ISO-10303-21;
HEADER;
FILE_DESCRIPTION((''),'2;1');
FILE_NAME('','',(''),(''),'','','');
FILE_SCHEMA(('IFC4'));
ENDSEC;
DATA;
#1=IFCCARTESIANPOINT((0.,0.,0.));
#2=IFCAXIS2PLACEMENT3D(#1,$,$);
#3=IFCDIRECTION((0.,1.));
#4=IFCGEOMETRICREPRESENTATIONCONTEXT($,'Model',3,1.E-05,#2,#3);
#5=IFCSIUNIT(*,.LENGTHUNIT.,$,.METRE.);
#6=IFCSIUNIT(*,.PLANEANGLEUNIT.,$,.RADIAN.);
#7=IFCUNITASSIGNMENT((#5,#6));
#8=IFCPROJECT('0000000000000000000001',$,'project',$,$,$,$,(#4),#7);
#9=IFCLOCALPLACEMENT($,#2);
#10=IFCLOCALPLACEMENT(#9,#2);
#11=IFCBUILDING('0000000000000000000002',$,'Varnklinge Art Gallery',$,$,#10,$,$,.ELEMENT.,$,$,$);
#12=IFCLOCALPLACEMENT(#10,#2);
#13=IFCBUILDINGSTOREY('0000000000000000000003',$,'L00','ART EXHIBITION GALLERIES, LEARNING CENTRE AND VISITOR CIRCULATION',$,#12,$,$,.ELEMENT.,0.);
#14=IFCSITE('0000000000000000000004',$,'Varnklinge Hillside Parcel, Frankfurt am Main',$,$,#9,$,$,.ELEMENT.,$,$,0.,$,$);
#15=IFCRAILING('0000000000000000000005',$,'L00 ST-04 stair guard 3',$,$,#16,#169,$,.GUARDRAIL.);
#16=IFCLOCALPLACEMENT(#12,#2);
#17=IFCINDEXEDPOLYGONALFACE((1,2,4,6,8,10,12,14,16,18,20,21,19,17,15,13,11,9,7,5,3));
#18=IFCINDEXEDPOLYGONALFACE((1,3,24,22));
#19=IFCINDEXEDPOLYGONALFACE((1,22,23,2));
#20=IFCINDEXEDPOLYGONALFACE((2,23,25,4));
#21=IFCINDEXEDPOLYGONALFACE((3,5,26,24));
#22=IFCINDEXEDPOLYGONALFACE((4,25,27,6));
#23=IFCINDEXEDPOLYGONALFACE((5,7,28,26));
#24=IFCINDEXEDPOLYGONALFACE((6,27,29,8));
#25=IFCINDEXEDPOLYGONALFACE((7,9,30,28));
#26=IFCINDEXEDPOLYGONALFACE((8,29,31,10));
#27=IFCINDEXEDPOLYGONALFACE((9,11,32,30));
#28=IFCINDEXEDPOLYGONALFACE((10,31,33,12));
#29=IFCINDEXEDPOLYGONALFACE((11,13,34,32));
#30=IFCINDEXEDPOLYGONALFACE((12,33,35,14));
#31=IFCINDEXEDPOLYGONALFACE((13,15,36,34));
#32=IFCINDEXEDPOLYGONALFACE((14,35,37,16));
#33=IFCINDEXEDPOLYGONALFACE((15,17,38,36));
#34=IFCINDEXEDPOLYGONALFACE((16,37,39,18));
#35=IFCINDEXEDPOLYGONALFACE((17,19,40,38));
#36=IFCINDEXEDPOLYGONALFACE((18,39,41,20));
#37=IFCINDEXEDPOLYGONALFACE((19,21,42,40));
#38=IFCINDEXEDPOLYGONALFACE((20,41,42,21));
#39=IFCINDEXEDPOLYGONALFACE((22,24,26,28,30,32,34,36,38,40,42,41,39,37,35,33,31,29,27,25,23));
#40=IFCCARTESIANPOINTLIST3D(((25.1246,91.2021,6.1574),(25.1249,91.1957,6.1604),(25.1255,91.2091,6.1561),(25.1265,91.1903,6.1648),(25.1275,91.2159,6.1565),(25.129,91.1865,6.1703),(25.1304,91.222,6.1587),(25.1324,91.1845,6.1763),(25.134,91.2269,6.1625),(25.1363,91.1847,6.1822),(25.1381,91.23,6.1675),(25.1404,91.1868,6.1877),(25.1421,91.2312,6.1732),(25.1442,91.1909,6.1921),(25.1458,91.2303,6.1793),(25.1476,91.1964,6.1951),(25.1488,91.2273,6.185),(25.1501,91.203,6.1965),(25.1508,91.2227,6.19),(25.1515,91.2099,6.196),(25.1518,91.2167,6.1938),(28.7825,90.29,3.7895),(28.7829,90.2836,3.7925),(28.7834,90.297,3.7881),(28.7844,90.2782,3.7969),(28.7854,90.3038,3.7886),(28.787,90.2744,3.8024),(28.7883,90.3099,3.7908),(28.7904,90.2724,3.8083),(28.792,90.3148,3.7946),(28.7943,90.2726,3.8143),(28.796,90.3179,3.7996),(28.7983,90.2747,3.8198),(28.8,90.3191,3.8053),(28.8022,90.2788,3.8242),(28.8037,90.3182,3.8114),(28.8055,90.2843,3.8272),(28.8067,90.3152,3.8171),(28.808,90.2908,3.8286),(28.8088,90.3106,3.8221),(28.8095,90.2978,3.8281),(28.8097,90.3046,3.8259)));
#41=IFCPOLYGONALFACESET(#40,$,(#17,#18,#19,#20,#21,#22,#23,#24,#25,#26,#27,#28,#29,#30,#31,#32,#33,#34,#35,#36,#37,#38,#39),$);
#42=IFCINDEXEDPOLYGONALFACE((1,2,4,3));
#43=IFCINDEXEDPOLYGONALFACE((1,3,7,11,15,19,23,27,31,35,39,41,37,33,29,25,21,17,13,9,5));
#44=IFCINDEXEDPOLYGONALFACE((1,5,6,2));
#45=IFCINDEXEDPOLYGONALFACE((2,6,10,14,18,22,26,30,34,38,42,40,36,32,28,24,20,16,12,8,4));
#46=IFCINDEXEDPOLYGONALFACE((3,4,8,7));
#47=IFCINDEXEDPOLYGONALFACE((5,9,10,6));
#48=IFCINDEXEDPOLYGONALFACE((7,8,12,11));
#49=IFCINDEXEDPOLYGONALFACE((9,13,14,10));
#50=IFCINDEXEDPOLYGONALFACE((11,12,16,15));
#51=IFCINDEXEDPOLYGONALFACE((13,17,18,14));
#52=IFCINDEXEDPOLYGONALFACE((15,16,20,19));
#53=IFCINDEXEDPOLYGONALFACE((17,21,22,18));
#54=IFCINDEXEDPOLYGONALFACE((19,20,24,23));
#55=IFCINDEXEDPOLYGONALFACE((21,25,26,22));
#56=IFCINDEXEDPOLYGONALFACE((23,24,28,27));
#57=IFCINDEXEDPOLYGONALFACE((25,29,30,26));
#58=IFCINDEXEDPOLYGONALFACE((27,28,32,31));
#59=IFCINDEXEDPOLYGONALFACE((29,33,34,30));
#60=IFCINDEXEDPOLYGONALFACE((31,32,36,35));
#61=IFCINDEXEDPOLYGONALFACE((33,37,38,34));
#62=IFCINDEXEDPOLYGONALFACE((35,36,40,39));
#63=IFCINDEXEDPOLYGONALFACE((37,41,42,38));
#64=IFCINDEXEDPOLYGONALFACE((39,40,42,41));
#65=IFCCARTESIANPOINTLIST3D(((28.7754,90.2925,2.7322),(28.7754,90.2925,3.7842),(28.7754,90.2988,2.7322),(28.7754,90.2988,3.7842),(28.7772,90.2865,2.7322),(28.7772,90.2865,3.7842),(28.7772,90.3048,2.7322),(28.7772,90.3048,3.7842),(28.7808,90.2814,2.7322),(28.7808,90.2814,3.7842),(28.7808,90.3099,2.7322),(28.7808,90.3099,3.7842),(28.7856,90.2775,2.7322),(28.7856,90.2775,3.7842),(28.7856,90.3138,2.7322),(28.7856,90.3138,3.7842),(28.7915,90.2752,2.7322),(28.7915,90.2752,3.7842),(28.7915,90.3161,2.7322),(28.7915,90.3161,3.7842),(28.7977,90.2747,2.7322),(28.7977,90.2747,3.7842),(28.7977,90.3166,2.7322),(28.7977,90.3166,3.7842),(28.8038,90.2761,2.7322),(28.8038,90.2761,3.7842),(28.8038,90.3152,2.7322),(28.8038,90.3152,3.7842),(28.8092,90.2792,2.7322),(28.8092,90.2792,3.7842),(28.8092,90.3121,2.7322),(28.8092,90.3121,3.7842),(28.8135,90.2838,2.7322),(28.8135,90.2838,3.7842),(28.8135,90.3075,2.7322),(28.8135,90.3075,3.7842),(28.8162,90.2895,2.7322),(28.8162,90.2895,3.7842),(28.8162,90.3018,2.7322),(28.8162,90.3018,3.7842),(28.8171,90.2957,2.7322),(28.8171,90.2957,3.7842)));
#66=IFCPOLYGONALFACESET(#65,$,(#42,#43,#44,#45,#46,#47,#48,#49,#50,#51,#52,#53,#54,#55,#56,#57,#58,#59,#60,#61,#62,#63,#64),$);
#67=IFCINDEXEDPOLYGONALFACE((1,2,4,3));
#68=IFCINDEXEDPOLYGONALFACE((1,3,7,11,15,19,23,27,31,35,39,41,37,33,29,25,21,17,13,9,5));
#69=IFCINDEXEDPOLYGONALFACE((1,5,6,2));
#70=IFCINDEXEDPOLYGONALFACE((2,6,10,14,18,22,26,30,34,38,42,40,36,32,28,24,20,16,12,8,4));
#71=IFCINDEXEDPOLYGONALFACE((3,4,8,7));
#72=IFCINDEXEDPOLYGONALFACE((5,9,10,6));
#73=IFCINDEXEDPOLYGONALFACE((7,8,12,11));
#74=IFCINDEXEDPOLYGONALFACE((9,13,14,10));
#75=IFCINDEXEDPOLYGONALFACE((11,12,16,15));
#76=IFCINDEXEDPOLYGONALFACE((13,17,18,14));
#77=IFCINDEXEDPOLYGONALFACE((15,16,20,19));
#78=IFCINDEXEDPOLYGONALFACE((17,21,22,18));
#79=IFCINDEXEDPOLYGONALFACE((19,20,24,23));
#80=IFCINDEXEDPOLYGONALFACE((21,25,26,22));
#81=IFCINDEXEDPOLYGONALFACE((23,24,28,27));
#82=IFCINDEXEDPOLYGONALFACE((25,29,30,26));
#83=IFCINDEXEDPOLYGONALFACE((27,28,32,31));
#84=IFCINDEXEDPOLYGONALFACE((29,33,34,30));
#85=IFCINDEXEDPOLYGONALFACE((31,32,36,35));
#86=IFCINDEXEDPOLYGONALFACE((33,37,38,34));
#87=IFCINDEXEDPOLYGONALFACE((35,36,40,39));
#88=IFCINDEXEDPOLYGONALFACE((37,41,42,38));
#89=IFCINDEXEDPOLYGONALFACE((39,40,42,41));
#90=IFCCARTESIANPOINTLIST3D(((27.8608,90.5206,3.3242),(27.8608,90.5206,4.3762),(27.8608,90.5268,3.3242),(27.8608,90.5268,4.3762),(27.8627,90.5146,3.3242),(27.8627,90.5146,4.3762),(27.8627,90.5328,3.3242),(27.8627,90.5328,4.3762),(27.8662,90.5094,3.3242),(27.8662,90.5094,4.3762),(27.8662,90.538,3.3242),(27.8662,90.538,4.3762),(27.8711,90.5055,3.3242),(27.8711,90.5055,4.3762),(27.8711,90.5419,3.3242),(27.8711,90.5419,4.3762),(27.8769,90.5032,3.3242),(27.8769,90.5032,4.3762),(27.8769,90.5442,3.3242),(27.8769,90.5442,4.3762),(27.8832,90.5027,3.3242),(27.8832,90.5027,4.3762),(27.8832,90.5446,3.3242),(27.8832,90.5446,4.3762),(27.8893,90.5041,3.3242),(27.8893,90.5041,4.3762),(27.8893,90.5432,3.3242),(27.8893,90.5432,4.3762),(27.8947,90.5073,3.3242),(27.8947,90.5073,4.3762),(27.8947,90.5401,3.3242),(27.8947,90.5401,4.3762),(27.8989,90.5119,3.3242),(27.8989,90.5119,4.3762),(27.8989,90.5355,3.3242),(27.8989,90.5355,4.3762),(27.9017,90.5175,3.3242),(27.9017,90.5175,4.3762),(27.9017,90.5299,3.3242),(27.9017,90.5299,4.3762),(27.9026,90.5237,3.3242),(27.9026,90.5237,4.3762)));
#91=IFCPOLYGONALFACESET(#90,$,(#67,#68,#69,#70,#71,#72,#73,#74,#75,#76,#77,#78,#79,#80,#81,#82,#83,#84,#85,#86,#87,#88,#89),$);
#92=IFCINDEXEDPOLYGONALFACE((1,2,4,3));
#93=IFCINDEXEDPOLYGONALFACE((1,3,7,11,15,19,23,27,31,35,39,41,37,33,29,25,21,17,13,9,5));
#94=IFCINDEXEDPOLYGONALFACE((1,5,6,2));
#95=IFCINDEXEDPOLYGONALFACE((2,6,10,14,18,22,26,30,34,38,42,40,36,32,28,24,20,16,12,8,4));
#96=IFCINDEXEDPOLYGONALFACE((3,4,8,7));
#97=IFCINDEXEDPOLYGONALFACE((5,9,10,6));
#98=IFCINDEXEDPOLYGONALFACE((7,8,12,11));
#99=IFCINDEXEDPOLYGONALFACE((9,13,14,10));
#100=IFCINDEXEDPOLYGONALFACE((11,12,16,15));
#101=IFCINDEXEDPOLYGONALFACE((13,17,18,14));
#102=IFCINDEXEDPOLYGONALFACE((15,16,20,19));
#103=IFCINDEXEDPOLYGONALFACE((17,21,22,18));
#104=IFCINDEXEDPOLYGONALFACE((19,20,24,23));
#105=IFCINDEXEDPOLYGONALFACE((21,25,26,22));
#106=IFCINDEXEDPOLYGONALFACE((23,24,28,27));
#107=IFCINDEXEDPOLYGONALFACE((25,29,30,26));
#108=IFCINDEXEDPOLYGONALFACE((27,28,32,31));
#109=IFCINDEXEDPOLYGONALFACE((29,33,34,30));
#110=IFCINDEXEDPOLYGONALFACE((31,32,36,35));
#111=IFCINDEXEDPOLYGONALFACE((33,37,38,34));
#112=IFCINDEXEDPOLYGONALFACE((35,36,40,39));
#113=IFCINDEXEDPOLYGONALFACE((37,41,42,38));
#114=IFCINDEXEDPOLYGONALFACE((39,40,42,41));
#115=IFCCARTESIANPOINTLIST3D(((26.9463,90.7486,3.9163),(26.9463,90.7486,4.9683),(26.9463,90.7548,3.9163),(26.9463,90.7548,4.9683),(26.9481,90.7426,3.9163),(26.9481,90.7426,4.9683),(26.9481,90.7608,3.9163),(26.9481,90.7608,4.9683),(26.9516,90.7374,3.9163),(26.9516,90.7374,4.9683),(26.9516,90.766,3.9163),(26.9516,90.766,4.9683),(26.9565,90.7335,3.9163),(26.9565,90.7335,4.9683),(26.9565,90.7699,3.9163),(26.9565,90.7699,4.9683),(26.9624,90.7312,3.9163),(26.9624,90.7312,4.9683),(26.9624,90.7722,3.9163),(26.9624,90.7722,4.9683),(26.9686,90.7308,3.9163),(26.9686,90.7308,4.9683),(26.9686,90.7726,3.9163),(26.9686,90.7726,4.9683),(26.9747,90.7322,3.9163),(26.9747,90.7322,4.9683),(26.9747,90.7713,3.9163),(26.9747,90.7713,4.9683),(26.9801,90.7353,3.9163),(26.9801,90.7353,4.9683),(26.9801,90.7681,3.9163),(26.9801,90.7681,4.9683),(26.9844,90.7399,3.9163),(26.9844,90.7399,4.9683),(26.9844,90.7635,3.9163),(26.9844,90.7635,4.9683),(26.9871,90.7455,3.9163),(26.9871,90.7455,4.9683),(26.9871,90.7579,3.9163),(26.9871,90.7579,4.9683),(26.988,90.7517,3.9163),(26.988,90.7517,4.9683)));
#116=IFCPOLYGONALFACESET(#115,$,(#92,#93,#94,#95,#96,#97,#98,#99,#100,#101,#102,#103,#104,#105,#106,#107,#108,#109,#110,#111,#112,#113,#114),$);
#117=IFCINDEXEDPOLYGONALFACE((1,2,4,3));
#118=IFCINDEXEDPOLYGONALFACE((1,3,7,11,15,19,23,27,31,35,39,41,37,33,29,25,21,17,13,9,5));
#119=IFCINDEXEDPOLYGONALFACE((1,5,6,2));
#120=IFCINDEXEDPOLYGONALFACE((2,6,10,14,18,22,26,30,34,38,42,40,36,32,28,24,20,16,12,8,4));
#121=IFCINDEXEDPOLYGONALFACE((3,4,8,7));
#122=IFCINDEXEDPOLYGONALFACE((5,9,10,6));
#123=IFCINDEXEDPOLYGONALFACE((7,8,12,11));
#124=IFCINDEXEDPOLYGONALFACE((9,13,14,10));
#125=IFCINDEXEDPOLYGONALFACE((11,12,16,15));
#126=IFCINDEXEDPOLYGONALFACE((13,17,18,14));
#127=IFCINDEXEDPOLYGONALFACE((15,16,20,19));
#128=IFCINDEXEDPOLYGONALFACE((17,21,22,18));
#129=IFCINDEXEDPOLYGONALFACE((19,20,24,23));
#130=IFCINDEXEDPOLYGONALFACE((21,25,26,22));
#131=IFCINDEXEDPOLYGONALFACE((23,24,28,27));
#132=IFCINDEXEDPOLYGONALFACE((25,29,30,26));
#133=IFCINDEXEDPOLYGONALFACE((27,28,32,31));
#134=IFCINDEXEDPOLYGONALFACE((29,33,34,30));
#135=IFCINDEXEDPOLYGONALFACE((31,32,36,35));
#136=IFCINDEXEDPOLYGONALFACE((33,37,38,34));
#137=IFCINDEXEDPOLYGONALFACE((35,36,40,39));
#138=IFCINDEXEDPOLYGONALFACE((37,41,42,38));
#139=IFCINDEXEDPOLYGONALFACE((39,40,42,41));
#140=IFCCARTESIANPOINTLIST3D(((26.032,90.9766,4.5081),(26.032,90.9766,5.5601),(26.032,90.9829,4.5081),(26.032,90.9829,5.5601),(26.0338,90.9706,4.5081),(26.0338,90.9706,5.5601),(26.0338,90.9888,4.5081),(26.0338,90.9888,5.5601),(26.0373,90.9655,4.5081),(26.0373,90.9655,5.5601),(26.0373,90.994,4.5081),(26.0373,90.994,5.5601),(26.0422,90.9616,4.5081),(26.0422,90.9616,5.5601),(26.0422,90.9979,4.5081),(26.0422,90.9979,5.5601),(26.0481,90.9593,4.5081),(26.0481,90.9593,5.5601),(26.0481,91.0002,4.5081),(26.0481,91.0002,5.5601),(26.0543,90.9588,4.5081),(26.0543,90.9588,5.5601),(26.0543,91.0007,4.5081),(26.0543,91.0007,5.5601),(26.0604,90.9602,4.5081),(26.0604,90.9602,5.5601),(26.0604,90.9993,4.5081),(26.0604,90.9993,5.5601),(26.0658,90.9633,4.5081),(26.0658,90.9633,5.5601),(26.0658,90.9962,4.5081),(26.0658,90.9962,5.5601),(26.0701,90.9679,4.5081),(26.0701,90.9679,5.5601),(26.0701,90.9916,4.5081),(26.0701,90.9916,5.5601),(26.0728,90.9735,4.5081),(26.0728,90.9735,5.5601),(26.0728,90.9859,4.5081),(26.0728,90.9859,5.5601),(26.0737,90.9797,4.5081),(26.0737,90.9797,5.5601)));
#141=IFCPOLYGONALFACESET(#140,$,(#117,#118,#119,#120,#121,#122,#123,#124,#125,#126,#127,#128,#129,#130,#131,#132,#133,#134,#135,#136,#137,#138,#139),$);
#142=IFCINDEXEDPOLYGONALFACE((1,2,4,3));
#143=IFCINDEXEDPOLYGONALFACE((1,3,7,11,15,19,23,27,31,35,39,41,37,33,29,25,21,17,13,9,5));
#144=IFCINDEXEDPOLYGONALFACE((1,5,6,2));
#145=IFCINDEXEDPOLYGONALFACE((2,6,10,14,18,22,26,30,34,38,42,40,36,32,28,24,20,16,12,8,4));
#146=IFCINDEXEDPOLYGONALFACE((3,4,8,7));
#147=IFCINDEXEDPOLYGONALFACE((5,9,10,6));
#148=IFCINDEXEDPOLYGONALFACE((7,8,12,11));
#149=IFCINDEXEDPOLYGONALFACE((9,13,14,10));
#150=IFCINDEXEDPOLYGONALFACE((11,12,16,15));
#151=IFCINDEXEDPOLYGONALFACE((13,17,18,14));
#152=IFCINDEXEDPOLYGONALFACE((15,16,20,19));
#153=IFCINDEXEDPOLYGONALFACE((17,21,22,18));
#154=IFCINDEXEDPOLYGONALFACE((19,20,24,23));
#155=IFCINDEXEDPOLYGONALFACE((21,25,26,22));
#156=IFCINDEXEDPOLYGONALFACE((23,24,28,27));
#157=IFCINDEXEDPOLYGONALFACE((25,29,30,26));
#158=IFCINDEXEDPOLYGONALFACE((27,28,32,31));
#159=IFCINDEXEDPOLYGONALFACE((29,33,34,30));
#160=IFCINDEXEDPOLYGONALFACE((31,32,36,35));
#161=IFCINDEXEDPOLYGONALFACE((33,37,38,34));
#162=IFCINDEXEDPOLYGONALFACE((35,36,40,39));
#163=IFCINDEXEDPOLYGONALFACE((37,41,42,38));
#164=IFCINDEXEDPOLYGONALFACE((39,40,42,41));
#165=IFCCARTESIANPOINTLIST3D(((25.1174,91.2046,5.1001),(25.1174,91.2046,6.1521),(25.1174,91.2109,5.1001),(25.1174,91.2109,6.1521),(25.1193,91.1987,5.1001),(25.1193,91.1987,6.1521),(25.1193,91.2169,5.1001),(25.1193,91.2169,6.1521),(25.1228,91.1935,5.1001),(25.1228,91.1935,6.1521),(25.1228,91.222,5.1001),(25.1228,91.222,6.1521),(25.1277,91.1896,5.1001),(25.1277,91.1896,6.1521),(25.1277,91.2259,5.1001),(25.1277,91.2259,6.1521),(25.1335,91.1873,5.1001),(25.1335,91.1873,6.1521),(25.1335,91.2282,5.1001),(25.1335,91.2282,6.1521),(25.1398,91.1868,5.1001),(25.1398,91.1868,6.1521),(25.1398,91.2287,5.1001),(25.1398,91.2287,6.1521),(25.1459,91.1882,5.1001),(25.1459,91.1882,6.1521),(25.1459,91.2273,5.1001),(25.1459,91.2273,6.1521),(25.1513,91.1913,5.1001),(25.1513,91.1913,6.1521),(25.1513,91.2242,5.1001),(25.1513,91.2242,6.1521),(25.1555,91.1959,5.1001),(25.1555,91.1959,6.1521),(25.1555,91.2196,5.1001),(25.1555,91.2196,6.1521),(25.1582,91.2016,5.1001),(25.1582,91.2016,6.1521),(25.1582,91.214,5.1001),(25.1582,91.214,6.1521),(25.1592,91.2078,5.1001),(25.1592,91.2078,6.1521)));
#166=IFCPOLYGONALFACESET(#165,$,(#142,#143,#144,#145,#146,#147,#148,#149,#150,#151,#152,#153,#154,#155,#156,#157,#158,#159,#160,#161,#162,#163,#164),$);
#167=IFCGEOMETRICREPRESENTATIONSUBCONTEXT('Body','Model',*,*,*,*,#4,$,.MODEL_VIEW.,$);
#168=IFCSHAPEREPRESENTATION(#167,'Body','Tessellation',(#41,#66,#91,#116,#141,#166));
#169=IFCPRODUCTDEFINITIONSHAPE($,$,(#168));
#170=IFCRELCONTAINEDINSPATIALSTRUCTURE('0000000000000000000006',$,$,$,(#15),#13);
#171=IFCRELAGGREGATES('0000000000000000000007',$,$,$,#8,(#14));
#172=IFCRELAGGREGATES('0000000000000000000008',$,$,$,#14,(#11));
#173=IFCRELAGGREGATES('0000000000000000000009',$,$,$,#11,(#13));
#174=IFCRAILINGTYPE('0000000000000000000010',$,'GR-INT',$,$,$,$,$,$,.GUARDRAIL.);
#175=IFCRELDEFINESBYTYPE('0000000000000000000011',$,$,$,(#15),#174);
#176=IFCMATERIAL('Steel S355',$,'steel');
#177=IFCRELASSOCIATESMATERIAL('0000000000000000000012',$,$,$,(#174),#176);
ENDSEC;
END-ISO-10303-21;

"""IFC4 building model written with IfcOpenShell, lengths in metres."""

from ifc_helpers import new_model, si_unit, direction, frame, origin, origin_2d, place, context, subcontext, project, spatial, circle, extrude, material, type_object, element, save


model = new_model("IFC4")

# Units and contexts
model_context = context("Model", 3, precision=1e-05, world=origin(), true_north=direction((0.0, 1.0)))
body_context = subcontext(model_context, "Body", "Model", "MODEL_VIEW")
ifc_project = project(units=[si_unit("LENGTHUNIT", "METRE"), si_unit("PLANEANGLEUNIT", "RADIAN")], contexts=[model_context])

# Site, building, storey
site_placement = place(None, origin())
site = spatial("IfcSite", under=ifc_project, at=site_placement, Name="Varnklinge Hillside Parcel, Frankfurt am Main", CompositionType="ELEMENT", RefElevation=0.0)
building_placement = place(site_placement, origin())
building = spatial("IfcBuilding", under=site, at=building_placement, Name="Varnklinge Art Gallery", CompositionType="ELEMENT")
storey_placement = place(building_placement, origin())
storey = spatial("IfcBuildingStorey", under=building, at=storey_placement, Name="L00", Description="ART EXHIBITION GALLERIES, LEARNING CENTRE AND VISITOR CIRCULATION", CompositionType="ELEMENT", Elevation=0.0)

# Railing
ifc_material_1 = material(Name="Steel S355", Category="steel")
railing_type_1 = type_object("IfcRailingType", Name="GR-INT", PredefinedType="GUARDRAIL", material=ifc_material_1)
railing_1_placement = place(storey_placement, frame((28.7961, 90.2957, 2.7322)))
element("IfcRailing", 1, at=railing_1_placement, inside=storey, type_object=railing_type_1, Name="L00 ST-04 stair guard 3", PredefinedType="GUARDRAIL", context=body_context, shape_type="SweptSolid", body=[
    extrude(circle(Radius=0.0239, at=origin_2d()), frame((0.0, 0.0, 1.0762), z_axis=(-0.821657, 0.20488, 0.531887), x_axis=(-0.241941, -0.970291, 0.0)), (0.0, 0.0, 1.0), 4.4519),
    extrude(circle(Radius=0.021, at=origin_2d()), origin(), (0.0, 0.0, 1.0), 1.052),
    extrude(circle(Radius=0.021, at=origin_2d()), frame((-0.9146, 0.228, 0.592)), (0.0, 0.0, 1.0), 1.052),
    extrude(circle(Radius=0.021, at=origin_2d()), frame((-1.8291, 0.4561, 1.1841)), (0.0, 0.0, 1.0), 1.052),
    extrude(circle(Radius=0.021, at=origin_2d()), frame((-2.7434, 0.6841, 1.7759)), (0.0, 0.0, 1.0), 1.052),
    extrude(circle(Radius=0.021, at=origin_2d()), frame((-3.658, 0.9121, 2.3679)), (0.0, 0.0, 1.0), 1.052),
])

save(model, "model.ifc")
